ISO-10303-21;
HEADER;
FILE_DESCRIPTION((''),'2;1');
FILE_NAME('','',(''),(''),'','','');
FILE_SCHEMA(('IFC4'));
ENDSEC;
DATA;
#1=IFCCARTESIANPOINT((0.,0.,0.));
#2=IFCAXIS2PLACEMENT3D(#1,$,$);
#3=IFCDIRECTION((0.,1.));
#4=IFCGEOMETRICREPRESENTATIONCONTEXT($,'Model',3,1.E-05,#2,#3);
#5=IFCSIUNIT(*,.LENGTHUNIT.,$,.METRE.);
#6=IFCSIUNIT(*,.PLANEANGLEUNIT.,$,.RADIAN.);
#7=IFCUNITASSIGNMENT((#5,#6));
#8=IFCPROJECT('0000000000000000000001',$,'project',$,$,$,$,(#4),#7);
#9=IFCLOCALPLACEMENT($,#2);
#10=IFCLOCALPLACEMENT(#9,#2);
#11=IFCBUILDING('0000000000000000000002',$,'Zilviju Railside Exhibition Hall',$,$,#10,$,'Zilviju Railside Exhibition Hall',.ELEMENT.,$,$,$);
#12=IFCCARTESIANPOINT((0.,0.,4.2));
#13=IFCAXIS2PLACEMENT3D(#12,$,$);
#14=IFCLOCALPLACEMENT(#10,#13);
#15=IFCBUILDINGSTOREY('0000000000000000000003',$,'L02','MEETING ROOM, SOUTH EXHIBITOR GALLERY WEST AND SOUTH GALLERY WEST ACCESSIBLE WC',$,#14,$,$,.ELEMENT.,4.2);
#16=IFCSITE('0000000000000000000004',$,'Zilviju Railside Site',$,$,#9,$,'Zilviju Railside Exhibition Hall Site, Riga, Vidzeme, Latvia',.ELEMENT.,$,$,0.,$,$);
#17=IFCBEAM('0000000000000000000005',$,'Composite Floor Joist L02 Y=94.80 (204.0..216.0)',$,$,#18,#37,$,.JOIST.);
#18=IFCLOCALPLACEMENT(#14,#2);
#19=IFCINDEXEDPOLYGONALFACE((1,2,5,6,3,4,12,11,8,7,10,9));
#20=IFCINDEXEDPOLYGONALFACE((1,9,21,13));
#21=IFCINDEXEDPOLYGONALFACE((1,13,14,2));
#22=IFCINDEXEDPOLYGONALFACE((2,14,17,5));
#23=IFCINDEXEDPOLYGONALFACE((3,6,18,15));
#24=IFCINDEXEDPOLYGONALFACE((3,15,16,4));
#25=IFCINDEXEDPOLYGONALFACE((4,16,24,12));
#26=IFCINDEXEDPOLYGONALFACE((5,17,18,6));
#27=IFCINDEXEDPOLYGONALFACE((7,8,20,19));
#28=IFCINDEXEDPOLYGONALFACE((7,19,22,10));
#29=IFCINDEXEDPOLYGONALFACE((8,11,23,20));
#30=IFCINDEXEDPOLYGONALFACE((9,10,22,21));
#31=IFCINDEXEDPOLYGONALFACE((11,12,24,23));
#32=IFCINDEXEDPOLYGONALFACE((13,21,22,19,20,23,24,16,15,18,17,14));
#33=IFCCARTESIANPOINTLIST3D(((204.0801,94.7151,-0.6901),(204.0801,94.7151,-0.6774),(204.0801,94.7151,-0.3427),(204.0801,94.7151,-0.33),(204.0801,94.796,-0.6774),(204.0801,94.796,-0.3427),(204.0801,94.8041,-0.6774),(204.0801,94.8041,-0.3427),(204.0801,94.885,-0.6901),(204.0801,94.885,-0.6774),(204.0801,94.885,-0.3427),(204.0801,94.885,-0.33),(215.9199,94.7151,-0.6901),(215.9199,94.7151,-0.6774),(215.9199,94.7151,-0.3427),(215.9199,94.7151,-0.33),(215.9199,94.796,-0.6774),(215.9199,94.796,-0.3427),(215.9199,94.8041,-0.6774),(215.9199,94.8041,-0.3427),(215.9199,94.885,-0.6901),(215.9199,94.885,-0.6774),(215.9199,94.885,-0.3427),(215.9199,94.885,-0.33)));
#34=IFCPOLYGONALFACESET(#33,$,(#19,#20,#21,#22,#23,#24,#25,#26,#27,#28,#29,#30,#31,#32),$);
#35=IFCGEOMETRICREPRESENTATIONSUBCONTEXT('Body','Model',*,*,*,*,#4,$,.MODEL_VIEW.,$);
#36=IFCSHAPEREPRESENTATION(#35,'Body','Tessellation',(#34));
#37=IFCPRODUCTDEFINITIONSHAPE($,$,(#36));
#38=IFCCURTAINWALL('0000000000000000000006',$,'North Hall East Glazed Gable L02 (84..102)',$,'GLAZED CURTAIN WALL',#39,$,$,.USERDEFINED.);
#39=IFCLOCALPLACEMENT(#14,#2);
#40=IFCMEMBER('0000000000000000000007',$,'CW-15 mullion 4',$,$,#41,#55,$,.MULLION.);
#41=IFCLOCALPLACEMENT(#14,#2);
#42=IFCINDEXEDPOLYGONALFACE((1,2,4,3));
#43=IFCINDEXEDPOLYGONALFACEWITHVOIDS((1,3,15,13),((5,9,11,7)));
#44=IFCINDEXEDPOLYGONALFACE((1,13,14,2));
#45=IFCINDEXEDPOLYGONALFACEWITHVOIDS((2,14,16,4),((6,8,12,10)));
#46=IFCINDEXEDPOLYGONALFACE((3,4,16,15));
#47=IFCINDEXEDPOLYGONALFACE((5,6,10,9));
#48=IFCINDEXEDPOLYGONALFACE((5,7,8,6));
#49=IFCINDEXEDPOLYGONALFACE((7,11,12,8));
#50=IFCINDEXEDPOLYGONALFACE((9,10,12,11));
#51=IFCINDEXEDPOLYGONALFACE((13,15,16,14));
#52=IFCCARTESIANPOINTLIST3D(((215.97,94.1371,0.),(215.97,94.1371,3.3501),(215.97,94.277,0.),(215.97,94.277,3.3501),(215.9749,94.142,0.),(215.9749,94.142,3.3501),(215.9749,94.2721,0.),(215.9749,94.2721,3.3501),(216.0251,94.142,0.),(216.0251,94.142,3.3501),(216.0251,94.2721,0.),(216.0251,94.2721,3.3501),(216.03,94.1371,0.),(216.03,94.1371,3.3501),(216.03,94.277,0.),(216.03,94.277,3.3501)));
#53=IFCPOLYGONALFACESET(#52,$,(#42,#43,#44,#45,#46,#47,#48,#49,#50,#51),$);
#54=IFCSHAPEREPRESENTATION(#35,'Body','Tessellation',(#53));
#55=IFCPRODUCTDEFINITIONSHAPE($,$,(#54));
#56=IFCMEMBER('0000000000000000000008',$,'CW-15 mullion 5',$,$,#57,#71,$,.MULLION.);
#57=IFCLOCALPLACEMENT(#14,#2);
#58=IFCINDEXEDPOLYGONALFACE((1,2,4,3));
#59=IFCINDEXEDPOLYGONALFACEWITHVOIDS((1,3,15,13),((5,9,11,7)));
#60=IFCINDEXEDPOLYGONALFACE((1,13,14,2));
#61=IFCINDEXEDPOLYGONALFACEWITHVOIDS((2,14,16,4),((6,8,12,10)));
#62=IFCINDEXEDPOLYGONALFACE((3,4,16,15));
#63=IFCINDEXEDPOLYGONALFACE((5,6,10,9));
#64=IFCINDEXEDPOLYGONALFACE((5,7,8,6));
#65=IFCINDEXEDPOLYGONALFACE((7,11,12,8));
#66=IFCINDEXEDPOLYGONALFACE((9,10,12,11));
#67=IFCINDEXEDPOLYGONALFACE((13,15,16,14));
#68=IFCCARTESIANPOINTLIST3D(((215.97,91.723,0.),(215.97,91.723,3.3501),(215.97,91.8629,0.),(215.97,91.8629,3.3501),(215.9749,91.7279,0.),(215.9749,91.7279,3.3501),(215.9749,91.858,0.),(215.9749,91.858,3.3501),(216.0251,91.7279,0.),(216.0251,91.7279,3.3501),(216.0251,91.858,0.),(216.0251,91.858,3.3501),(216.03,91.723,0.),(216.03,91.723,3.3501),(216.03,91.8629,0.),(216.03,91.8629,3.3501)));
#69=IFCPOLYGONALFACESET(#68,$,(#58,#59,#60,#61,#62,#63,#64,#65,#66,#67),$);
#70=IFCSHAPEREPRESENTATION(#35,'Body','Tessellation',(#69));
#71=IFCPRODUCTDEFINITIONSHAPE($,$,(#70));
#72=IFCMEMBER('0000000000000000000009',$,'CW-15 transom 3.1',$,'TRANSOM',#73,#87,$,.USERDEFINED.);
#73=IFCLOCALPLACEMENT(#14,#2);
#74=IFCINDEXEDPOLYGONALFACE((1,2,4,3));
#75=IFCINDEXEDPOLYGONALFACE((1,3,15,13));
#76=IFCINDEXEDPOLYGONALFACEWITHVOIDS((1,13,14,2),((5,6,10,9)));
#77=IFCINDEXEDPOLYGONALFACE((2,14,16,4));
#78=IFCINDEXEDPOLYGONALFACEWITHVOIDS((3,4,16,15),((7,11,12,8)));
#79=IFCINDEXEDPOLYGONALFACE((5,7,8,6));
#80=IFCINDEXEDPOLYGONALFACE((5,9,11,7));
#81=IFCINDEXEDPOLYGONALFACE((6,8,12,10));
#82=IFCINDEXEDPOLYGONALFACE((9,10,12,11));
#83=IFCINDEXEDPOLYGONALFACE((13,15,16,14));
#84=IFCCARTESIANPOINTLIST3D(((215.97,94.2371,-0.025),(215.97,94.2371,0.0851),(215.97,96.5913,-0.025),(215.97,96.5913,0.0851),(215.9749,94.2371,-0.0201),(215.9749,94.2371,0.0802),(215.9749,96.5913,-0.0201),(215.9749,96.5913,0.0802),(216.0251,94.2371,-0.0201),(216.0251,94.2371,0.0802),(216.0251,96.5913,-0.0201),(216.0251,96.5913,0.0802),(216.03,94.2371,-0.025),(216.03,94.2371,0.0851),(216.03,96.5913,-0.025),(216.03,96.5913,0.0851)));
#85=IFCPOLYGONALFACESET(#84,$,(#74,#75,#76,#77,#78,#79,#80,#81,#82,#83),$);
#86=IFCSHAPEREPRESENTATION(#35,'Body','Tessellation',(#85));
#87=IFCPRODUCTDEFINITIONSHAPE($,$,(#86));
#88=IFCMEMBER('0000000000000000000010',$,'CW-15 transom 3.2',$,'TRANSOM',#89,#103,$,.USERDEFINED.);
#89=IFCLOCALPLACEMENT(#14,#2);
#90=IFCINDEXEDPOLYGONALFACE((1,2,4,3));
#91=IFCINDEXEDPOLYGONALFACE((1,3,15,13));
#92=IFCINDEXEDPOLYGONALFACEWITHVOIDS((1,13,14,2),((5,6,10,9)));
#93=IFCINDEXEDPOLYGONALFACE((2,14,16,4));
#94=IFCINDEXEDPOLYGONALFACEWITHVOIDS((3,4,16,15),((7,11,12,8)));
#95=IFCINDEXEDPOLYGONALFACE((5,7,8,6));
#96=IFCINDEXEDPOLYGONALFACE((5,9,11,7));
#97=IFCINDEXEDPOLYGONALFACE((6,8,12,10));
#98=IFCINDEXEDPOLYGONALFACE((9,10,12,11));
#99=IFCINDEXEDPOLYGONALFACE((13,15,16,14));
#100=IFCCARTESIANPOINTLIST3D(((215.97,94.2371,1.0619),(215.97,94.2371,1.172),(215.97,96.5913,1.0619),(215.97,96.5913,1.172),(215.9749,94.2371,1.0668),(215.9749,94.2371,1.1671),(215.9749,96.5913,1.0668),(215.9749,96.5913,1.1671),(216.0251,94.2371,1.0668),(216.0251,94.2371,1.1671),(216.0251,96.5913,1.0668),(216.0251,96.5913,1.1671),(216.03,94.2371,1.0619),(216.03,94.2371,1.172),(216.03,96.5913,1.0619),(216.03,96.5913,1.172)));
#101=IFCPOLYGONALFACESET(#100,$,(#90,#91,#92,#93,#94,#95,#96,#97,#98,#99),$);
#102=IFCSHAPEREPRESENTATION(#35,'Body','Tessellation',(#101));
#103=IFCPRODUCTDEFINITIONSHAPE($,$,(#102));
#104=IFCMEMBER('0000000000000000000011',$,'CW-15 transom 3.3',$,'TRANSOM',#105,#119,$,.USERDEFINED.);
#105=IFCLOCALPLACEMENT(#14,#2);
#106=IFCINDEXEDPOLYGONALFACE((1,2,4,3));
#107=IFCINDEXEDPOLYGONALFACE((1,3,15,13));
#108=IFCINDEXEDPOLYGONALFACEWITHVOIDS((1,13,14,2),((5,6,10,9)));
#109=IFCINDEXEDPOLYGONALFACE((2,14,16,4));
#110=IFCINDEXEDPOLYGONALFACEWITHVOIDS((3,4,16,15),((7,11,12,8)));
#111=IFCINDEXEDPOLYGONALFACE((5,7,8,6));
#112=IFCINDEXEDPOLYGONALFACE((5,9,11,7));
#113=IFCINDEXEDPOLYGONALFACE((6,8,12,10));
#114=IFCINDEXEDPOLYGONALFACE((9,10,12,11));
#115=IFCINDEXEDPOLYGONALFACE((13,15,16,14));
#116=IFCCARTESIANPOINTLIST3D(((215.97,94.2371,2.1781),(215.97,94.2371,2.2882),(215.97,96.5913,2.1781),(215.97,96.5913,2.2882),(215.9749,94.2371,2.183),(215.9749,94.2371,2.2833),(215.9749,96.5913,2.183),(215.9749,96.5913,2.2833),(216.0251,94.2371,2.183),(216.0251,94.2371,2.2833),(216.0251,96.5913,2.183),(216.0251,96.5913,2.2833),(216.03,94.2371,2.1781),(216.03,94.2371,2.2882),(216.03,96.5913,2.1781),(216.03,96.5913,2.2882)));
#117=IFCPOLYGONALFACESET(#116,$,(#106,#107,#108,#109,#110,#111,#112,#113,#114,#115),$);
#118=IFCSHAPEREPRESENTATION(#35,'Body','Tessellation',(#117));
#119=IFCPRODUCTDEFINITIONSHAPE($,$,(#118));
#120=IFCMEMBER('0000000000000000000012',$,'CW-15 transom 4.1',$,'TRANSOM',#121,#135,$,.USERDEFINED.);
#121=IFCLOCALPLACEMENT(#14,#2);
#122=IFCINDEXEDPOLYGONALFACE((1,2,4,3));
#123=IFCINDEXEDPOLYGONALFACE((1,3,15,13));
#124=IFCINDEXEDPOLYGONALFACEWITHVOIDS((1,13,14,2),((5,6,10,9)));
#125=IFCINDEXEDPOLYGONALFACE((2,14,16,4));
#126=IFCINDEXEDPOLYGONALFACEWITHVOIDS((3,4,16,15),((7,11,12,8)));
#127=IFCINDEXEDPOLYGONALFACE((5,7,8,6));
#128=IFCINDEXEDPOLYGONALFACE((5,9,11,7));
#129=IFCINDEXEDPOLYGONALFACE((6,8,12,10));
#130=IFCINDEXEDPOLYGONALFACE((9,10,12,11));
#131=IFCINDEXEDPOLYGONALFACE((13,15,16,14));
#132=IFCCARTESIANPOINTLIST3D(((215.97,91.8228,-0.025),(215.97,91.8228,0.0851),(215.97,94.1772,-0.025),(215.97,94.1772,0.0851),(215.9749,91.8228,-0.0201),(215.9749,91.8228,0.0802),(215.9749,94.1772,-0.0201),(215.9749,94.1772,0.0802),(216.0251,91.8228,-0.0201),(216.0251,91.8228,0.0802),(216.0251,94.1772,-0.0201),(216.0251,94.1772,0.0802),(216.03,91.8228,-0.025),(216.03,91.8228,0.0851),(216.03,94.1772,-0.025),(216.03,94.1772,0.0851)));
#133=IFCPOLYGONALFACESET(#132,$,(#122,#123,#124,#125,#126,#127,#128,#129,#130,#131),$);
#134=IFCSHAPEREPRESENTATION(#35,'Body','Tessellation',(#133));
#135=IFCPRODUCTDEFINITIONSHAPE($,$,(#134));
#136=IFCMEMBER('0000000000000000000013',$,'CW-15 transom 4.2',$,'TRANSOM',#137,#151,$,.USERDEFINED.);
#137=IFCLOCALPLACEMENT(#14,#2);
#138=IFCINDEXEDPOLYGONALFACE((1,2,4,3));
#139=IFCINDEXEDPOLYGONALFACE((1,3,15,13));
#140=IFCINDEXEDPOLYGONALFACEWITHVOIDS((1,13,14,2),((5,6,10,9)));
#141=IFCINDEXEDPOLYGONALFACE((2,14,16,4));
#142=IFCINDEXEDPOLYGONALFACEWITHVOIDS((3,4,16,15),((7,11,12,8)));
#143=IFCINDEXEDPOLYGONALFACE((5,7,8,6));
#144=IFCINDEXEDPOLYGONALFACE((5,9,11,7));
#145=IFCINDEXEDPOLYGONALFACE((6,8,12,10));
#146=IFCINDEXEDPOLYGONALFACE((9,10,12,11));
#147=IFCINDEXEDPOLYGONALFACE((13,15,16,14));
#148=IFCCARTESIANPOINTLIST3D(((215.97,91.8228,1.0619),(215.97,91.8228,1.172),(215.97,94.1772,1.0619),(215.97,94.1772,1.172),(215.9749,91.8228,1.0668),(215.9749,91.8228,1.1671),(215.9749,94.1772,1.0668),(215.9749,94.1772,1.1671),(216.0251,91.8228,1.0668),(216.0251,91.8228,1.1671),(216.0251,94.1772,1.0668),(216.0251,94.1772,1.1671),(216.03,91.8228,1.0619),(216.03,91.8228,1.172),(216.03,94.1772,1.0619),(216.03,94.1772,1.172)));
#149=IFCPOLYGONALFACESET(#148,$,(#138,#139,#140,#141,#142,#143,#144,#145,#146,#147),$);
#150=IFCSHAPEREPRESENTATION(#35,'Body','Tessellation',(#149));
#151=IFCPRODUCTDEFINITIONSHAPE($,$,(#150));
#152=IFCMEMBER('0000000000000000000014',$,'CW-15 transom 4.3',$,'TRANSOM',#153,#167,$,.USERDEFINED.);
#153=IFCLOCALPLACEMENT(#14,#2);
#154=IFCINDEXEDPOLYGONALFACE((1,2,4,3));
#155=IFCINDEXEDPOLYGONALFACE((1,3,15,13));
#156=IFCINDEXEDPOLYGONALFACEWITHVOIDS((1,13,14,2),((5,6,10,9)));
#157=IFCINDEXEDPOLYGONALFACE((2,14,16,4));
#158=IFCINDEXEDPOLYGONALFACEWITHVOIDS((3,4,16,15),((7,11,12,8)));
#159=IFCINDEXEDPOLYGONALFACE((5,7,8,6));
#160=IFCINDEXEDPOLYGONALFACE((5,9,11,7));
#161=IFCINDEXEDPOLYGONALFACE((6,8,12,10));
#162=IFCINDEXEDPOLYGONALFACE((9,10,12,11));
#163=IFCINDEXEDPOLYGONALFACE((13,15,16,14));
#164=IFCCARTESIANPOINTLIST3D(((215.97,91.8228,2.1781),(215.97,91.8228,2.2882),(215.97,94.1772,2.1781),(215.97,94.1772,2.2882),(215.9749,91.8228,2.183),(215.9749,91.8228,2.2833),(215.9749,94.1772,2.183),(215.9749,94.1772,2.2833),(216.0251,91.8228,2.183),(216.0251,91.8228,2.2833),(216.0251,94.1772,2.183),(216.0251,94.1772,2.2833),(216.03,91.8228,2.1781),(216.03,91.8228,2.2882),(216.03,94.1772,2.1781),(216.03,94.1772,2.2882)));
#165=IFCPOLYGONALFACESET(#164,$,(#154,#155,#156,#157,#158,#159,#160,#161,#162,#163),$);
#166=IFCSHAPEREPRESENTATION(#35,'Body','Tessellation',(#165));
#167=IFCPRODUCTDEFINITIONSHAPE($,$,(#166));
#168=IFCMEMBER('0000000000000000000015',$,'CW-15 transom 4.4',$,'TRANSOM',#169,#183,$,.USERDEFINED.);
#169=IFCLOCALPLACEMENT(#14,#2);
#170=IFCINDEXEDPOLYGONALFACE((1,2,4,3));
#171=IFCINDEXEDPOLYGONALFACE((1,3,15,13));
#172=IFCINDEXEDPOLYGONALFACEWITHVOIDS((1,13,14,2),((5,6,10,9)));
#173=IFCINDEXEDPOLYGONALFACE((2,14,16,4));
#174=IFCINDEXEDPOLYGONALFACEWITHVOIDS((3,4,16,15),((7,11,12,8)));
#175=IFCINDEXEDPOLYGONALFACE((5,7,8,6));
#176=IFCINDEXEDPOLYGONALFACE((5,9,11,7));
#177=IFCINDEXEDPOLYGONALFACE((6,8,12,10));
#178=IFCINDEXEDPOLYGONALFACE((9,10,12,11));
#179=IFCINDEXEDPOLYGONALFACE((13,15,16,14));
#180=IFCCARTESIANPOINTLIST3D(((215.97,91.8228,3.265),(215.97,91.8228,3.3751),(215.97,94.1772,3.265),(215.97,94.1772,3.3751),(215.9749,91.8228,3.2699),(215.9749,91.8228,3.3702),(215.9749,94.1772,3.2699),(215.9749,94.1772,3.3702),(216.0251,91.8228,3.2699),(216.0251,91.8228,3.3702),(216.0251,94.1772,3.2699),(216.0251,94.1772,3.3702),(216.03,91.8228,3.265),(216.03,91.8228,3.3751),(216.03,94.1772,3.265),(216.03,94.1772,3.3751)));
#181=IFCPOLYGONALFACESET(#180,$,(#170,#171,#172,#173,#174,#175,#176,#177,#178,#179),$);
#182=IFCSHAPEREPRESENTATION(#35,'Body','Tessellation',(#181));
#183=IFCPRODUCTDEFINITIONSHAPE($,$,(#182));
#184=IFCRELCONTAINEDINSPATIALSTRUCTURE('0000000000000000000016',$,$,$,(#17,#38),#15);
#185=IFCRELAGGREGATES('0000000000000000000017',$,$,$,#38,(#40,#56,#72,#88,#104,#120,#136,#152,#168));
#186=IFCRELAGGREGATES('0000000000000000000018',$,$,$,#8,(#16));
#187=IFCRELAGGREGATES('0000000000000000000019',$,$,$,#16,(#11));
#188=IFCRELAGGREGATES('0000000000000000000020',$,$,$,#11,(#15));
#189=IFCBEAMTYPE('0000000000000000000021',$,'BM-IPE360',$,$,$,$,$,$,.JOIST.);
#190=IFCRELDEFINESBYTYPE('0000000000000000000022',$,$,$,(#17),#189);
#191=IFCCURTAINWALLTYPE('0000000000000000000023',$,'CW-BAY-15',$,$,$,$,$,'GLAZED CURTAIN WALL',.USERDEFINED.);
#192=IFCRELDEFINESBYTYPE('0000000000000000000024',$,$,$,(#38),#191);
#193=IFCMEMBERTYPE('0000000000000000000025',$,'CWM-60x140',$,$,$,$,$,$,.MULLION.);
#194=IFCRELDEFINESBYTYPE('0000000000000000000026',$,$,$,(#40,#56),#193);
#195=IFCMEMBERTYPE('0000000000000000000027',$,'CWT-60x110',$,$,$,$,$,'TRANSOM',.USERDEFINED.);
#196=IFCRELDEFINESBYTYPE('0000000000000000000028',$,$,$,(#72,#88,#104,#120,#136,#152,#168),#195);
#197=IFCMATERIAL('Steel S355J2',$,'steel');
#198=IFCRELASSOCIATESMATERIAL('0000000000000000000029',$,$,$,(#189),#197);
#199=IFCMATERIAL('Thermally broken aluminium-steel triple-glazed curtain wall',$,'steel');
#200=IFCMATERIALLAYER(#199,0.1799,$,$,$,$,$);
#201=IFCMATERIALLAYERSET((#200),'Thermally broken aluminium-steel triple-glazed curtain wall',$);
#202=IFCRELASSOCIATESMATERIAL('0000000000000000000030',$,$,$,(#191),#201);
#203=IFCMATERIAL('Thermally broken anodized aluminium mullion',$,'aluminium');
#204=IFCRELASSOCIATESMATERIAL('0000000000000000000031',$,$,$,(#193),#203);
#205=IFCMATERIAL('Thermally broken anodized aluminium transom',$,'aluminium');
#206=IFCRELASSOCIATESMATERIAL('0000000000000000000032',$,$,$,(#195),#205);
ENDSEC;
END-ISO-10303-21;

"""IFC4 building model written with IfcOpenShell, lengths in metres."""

from ifc_helpers import new_model, si_unit, direction, frame, origin, origin_2d, place, context, subcontext, project, spatial, hollow_rectangle, i_section, extrude, material, layer, layer_set, material_profile, profile_set, type_object, element, aggregate, save


model = new_model("IFC4")

# Units and contexts
model_context = context("Model", 3, precision=1e-05, world=origin(), true_north=direction((0.0, 1.0)))
body_context = subcontext(model_context, "Body", "Model", "MODEL_VIEW")
ifc_project = project(units=[si_unit("LENGTHUNIT", "METRE"), si_unit("PLANEANGLEUNIT", "RADIAN")], contexts=[model_context])

# Site, building, storey
site_placement = place(None, origin())
site = spatial("IfcSite", under=ifc_project, at=site_placement, Name="Zilviju Railside Site", LongName="Zilviju Railside Exhibition Hall Site, Riga, Vidzeme, Latvia", CompositionType="ELEMENT", RefElevation=0.0)
building_placement = place(site_placement, origin())
building = spatial("IfcBuilding", under=site, at=building_placement, Name="Zilviju Railside Exhibition Hall", LongName="Zilviju Railside Exhibition Hall", CompositionType="ELEMENT")
storey_placement = place(building_placement, frame((0.0, 0.0, 4.2)))
storey = spatial("IfcBuildingStorey", under=building, at=storey_placement, Name="L02", Description="MEETING ROOM, SOUTH EXHIBITOR GALLERY WEST AND SOUTH GALLERY WEST ACCESSIBLE WC", CompositionType="ELEMENT", Elevation=4.2)

# Beam
ifc_material_1 = material(Name="Steel S355J2", Category="steel")
ifc_material_profile_1 = material_profile(ifc_material_1, i_section(OverallWidth=0.1699, OverallDepth=0.3601, WebThickness=0.0081, FlangeThickness=0.0127, at=origin_2d()), Name="IPE 360")
ifc_profile_set_1 = profile_set([ifc_material_profile_1], Name="Steel S355J2")
beam_type = type_object("IfcBeamType", Name="BM-IPE360", PredefinedType="JOIST", material=ifc_profile_set_1)
beam_placement = place(storey_placement, frame((204.0801, 94.8, -0.51), z_axis=(1.0, 0.0, 0.0), x_axis=(0.0, 1.0, 0.0)))
element("IfcBeam", 1, at=beam_placement, inside=storey, type_object=beam_type, Name="Composite Floor Joist L02 Y=94.80 (204.0..216.0)", PredefinedType="JOIST", context=body_context, shape_type="SweptSolid", body=[
    extrude(i_section(OverallWidth=0.1699, OverallDepth=0.3601, WebThickness=0.0081, FlangeThickness=0.0127, at=origin_2d()), origin(), (0.0, 0.0, 1.0), 11.8398),
])

# Curtain wall, members
ifc_material_2 = material(Name="Thermally broken aluminium-steel triple-glazed curtain wall", Category="steel")
ifc_layer_1 = layer(ifc_material_2, 0.1799)
ifc_layer_set_1 = layer_set([ifc_layer_1], Name="Thermally broken aluminium-steel triple-glazed curtain wall")
curtain_wall_type = type_object("IfcCurtainWallType", Name="CW-BAY-15", ElementType="GLAZED CURTAIN WALL", PredefinedType="USERDEFINED", material=ifc_layer_set_1)
curtain_wall_placement = place(storey_placement, origin())
curtain_wall = element("IfcCurtainWall", 2, at=curtain_wall_placement, inside=storey, type_object=curtain_wall_type, Name="North Hall East Glazed Gable L02 (84..102)", ObjectType="GLAZED CURTAIN WALL", PredefinedType="USERDEFINED")
ifc_material_3 = material(Name="Thermally broken anodized aluminium mullion", Category="aluminium")
ifc_material_profile_2 = material_profile(ifc_material_3, hollow_rectangle(XDim=0.0601, YDim=0.1399, WallThickness=0.0049, at=origin_2d()), Name="MULLION 140x60x5")
ifc_profile_set_2 = profile_set([ifc_material_profile_2], Name="Thermally broken anodized aluminium mullion")
member_type_1 = type_object("IfcMemberType", Name="CWM-60x140", PredefinedType="MULLION", material=ifc_profile_set_2)
member_1_placement = place(storey_placement, frame((216.0, 94.207, 0.0), z_axis=(0.0, 0.0, 1.0), x_axis=(1.0, 0.0, 0.0)))
member_1 = element("IfcMember", 3, at=member_1_placement, type_object=member_type_1, Name="CW-15 mullion 4", PredefinedType="MULLION", context=body_context, shape_type="SweptSolid", body=[
    extrude(hollow_rectangle(XDim=0.0601, YDim=0.1399, WallThickness=0.0049, at=origin_2d()), origin(), (0.0, 0.0, 1.0), 3.3501),
])
member_2_placement = place(storey_placement, frame((216.0, 91.793, 0.0), z_axis=(0.0, 0.0, 1.0), x_axis=(1.0, 0.0, 0.0)))
member_2 = element("IfcMember", 4, at=member_2_placement, type_object=member_type_1, Name="CW-15 mullion 5", PredefinedType="MULLION", context=body_context, shape_type="SweptSolid", body=[
    extrude(hollow_rectangle(XDim=0.0601, YDim=0.1399, WallThickness=0.0049, at=origin_2d()), origin(), (0.0, 0.0, 1.0), 3.3501),
])
ifc_material_4 = material(Name="Thermally broken anodized aluminium transom", Category="aluminium")
ifc_material_profile_3 = material_profile(ifc_material_4, hollow_rectangle(XDim=0.0601, YDim=0.1101, WallThickness=0.0049, at=origin_2d()), Name="TRANSOM 110x60x5")
ifc_profile_set_3 = profile_set([ifc_material_profile_3], Name="Thermally broken anodized aluminium transom")
member_type_2 = type_object("IfcMemberType", Name="CWT-60x110", ElementType="TRANSOM", PredefinedType="USERDEFINED", material=ifc_profile_set_3)
member_3_placement = place(storey_placement, frame((216.0, 96.5913, 0.03), z_axis=(0.0, -1.0, 0.0), x_axis=(1.0, 0.0, 0.0)))
member_3 = element("IfcMember", 5, at=member_3_placement, type_object=member_type_2, Name="CW-15 transom 3.1", ObjectType="TRANSOM", PredefinedType="USERDEFINED", context=body_context, shape_type="SweptSolid", body=[
    extrude(hollow_rectangle(XDim=0.0601, YDim=0.1101, WallThickness=0.0049, at=origin_2d()), origin(), (0.0, 0.0, 1.0), 2.3542),
])
member_4_placement = place(storey_placement, frame((216.0, 96.5913, 1.1169), z_axis=(0.0, -1.0, 0.0), x_axis=(1.0, 0.0, 0.0)))
member_4 = element("IfcMember", 6, at=member_4_placement, type_object=member_type_2, Name="CW-15 transom 3.2", ObjectType="TRANSOM", PredefinedType="USERDEFINED", context=body_context, shape_type="SweptSolid", body=[
    extrude(hollow_rectangle(XDim=0.0601, YDim=0.1101, WallThickness=0.0049, at=origin_2d()), origin(), (0.0, 0.0, 1.0), 2.3542),
])
member_5_placement = place(storey_placement, frame((216.0, 96.5913, 2.2332), z_axis=(0.0, -1.0, 0.0), x_axis=(1.0, 0.0, 0.0)))
member_5 = element("IfcMember", 7, at=member_5_placement, type_object=member_type_2, Name="CW-15 transom 3.3", ObjectType="TRANSOM", PredefinedType="USERDEFINED", context=body_context, shape_type="SweptSolid", body=[
    extrude(hollow_rectangle(XDim=0.0601, YDim=0.1101, WallThickness=0.0049, at=origin_2d()), origin(), (0.0, 0.0, 1.0), 2.3542),
])
member_6_placement = place(storey_placement, frame((216.0, 94.1772, 0.03), z_axis=(0.0, -1.0, 0.0), x_axis=(1.0, 0.0, 0.0)))
member_6 = element("IfcMember", 8, at=member_6_placement, type_object=member_type_2, Name="CW-15 transom 4.1", ObjectType="TRANSOM", PredefinedType="USERDEFINED", context=body_context, shape_type="SweptSolid", body=[
    extrude(hollow_rectangle(XDim=0.0601, YDim=0.1101, WallThickness=0.0049, at=origin_2d()), origin(), (0.0, 0.0, 1.0), 2.3545),
])
member_7_placement = place(storey_placement, frame((216.0, 94.1772, 1.1169), z_axis=(0.0, -1.0, 0.0), x_axis=(1.0, 0.0, 0.0)))
member_7 = element("IfcMember", 9, at=member_7_placement, type_object=member_type_2, Name="CW-15 transom 4.2", ObjectType="TRANSOM", PredefinedType="USERDEFINED", context=body_context, shape_type="SweptSolid", body=[
    extrude(hollow_rectangle(XDim=0.0601, YDim=0.1101, WallThickness=0.0049, at=origin_2d()), origin(), (0.0, 0.0, 1.0), 2.3545),
])
member_8_placement = place(storey_placement, frame((216.0, 94.1772, 2.2332), z_axis=(0.0, -1.0, 0.0), x_axis=(1.0, 0.0, 0.0)))
member_8 = element("IfcMember", 10, at=member_8_placement, type_object=member_type_2, Name="CW-15 transom 4.3", ObjectType="TRANSOM", PredefinedType="USERDEFINED", context=body_context, shape_type="SweptSolid", body=[
    extrude(hollow_rectangle(XDim=0.0601, YDim=0.1101, WallThickness=0.0049, at=origin_2d()), origin(), (0.0, 0.0, 1.0), 2.3545),
])
member_9_placement = place(storey_placement, frame((216.0, 94.1772, 3.3201), z_axis=(0.0, -1.0, 0.0), x_axis=(1.0, 0.0, 0.0)))
member_9 = element("IfcMember", 11, at=member_9_placement, type_object=member_type_2, Name="CW-15 transom 4.4", ObjectType="TRANSOM", PredefinedType="USERDEFINED", context=body_context, shape_type="SweptSolid", body=[
    extrude(hollow_rectangle(XDim=0.0601, YDim=0.1101, WallThickness=0.0049, at=origin_2d()), origin(), (0.0, 0.0, 1.0), 2.3545),
])
aggregate(curtain_wall, [member_1, member_2, member_3, member_4, member_5, member_6, member_7, member_8, member_9])

save(model, "model.ifc")
